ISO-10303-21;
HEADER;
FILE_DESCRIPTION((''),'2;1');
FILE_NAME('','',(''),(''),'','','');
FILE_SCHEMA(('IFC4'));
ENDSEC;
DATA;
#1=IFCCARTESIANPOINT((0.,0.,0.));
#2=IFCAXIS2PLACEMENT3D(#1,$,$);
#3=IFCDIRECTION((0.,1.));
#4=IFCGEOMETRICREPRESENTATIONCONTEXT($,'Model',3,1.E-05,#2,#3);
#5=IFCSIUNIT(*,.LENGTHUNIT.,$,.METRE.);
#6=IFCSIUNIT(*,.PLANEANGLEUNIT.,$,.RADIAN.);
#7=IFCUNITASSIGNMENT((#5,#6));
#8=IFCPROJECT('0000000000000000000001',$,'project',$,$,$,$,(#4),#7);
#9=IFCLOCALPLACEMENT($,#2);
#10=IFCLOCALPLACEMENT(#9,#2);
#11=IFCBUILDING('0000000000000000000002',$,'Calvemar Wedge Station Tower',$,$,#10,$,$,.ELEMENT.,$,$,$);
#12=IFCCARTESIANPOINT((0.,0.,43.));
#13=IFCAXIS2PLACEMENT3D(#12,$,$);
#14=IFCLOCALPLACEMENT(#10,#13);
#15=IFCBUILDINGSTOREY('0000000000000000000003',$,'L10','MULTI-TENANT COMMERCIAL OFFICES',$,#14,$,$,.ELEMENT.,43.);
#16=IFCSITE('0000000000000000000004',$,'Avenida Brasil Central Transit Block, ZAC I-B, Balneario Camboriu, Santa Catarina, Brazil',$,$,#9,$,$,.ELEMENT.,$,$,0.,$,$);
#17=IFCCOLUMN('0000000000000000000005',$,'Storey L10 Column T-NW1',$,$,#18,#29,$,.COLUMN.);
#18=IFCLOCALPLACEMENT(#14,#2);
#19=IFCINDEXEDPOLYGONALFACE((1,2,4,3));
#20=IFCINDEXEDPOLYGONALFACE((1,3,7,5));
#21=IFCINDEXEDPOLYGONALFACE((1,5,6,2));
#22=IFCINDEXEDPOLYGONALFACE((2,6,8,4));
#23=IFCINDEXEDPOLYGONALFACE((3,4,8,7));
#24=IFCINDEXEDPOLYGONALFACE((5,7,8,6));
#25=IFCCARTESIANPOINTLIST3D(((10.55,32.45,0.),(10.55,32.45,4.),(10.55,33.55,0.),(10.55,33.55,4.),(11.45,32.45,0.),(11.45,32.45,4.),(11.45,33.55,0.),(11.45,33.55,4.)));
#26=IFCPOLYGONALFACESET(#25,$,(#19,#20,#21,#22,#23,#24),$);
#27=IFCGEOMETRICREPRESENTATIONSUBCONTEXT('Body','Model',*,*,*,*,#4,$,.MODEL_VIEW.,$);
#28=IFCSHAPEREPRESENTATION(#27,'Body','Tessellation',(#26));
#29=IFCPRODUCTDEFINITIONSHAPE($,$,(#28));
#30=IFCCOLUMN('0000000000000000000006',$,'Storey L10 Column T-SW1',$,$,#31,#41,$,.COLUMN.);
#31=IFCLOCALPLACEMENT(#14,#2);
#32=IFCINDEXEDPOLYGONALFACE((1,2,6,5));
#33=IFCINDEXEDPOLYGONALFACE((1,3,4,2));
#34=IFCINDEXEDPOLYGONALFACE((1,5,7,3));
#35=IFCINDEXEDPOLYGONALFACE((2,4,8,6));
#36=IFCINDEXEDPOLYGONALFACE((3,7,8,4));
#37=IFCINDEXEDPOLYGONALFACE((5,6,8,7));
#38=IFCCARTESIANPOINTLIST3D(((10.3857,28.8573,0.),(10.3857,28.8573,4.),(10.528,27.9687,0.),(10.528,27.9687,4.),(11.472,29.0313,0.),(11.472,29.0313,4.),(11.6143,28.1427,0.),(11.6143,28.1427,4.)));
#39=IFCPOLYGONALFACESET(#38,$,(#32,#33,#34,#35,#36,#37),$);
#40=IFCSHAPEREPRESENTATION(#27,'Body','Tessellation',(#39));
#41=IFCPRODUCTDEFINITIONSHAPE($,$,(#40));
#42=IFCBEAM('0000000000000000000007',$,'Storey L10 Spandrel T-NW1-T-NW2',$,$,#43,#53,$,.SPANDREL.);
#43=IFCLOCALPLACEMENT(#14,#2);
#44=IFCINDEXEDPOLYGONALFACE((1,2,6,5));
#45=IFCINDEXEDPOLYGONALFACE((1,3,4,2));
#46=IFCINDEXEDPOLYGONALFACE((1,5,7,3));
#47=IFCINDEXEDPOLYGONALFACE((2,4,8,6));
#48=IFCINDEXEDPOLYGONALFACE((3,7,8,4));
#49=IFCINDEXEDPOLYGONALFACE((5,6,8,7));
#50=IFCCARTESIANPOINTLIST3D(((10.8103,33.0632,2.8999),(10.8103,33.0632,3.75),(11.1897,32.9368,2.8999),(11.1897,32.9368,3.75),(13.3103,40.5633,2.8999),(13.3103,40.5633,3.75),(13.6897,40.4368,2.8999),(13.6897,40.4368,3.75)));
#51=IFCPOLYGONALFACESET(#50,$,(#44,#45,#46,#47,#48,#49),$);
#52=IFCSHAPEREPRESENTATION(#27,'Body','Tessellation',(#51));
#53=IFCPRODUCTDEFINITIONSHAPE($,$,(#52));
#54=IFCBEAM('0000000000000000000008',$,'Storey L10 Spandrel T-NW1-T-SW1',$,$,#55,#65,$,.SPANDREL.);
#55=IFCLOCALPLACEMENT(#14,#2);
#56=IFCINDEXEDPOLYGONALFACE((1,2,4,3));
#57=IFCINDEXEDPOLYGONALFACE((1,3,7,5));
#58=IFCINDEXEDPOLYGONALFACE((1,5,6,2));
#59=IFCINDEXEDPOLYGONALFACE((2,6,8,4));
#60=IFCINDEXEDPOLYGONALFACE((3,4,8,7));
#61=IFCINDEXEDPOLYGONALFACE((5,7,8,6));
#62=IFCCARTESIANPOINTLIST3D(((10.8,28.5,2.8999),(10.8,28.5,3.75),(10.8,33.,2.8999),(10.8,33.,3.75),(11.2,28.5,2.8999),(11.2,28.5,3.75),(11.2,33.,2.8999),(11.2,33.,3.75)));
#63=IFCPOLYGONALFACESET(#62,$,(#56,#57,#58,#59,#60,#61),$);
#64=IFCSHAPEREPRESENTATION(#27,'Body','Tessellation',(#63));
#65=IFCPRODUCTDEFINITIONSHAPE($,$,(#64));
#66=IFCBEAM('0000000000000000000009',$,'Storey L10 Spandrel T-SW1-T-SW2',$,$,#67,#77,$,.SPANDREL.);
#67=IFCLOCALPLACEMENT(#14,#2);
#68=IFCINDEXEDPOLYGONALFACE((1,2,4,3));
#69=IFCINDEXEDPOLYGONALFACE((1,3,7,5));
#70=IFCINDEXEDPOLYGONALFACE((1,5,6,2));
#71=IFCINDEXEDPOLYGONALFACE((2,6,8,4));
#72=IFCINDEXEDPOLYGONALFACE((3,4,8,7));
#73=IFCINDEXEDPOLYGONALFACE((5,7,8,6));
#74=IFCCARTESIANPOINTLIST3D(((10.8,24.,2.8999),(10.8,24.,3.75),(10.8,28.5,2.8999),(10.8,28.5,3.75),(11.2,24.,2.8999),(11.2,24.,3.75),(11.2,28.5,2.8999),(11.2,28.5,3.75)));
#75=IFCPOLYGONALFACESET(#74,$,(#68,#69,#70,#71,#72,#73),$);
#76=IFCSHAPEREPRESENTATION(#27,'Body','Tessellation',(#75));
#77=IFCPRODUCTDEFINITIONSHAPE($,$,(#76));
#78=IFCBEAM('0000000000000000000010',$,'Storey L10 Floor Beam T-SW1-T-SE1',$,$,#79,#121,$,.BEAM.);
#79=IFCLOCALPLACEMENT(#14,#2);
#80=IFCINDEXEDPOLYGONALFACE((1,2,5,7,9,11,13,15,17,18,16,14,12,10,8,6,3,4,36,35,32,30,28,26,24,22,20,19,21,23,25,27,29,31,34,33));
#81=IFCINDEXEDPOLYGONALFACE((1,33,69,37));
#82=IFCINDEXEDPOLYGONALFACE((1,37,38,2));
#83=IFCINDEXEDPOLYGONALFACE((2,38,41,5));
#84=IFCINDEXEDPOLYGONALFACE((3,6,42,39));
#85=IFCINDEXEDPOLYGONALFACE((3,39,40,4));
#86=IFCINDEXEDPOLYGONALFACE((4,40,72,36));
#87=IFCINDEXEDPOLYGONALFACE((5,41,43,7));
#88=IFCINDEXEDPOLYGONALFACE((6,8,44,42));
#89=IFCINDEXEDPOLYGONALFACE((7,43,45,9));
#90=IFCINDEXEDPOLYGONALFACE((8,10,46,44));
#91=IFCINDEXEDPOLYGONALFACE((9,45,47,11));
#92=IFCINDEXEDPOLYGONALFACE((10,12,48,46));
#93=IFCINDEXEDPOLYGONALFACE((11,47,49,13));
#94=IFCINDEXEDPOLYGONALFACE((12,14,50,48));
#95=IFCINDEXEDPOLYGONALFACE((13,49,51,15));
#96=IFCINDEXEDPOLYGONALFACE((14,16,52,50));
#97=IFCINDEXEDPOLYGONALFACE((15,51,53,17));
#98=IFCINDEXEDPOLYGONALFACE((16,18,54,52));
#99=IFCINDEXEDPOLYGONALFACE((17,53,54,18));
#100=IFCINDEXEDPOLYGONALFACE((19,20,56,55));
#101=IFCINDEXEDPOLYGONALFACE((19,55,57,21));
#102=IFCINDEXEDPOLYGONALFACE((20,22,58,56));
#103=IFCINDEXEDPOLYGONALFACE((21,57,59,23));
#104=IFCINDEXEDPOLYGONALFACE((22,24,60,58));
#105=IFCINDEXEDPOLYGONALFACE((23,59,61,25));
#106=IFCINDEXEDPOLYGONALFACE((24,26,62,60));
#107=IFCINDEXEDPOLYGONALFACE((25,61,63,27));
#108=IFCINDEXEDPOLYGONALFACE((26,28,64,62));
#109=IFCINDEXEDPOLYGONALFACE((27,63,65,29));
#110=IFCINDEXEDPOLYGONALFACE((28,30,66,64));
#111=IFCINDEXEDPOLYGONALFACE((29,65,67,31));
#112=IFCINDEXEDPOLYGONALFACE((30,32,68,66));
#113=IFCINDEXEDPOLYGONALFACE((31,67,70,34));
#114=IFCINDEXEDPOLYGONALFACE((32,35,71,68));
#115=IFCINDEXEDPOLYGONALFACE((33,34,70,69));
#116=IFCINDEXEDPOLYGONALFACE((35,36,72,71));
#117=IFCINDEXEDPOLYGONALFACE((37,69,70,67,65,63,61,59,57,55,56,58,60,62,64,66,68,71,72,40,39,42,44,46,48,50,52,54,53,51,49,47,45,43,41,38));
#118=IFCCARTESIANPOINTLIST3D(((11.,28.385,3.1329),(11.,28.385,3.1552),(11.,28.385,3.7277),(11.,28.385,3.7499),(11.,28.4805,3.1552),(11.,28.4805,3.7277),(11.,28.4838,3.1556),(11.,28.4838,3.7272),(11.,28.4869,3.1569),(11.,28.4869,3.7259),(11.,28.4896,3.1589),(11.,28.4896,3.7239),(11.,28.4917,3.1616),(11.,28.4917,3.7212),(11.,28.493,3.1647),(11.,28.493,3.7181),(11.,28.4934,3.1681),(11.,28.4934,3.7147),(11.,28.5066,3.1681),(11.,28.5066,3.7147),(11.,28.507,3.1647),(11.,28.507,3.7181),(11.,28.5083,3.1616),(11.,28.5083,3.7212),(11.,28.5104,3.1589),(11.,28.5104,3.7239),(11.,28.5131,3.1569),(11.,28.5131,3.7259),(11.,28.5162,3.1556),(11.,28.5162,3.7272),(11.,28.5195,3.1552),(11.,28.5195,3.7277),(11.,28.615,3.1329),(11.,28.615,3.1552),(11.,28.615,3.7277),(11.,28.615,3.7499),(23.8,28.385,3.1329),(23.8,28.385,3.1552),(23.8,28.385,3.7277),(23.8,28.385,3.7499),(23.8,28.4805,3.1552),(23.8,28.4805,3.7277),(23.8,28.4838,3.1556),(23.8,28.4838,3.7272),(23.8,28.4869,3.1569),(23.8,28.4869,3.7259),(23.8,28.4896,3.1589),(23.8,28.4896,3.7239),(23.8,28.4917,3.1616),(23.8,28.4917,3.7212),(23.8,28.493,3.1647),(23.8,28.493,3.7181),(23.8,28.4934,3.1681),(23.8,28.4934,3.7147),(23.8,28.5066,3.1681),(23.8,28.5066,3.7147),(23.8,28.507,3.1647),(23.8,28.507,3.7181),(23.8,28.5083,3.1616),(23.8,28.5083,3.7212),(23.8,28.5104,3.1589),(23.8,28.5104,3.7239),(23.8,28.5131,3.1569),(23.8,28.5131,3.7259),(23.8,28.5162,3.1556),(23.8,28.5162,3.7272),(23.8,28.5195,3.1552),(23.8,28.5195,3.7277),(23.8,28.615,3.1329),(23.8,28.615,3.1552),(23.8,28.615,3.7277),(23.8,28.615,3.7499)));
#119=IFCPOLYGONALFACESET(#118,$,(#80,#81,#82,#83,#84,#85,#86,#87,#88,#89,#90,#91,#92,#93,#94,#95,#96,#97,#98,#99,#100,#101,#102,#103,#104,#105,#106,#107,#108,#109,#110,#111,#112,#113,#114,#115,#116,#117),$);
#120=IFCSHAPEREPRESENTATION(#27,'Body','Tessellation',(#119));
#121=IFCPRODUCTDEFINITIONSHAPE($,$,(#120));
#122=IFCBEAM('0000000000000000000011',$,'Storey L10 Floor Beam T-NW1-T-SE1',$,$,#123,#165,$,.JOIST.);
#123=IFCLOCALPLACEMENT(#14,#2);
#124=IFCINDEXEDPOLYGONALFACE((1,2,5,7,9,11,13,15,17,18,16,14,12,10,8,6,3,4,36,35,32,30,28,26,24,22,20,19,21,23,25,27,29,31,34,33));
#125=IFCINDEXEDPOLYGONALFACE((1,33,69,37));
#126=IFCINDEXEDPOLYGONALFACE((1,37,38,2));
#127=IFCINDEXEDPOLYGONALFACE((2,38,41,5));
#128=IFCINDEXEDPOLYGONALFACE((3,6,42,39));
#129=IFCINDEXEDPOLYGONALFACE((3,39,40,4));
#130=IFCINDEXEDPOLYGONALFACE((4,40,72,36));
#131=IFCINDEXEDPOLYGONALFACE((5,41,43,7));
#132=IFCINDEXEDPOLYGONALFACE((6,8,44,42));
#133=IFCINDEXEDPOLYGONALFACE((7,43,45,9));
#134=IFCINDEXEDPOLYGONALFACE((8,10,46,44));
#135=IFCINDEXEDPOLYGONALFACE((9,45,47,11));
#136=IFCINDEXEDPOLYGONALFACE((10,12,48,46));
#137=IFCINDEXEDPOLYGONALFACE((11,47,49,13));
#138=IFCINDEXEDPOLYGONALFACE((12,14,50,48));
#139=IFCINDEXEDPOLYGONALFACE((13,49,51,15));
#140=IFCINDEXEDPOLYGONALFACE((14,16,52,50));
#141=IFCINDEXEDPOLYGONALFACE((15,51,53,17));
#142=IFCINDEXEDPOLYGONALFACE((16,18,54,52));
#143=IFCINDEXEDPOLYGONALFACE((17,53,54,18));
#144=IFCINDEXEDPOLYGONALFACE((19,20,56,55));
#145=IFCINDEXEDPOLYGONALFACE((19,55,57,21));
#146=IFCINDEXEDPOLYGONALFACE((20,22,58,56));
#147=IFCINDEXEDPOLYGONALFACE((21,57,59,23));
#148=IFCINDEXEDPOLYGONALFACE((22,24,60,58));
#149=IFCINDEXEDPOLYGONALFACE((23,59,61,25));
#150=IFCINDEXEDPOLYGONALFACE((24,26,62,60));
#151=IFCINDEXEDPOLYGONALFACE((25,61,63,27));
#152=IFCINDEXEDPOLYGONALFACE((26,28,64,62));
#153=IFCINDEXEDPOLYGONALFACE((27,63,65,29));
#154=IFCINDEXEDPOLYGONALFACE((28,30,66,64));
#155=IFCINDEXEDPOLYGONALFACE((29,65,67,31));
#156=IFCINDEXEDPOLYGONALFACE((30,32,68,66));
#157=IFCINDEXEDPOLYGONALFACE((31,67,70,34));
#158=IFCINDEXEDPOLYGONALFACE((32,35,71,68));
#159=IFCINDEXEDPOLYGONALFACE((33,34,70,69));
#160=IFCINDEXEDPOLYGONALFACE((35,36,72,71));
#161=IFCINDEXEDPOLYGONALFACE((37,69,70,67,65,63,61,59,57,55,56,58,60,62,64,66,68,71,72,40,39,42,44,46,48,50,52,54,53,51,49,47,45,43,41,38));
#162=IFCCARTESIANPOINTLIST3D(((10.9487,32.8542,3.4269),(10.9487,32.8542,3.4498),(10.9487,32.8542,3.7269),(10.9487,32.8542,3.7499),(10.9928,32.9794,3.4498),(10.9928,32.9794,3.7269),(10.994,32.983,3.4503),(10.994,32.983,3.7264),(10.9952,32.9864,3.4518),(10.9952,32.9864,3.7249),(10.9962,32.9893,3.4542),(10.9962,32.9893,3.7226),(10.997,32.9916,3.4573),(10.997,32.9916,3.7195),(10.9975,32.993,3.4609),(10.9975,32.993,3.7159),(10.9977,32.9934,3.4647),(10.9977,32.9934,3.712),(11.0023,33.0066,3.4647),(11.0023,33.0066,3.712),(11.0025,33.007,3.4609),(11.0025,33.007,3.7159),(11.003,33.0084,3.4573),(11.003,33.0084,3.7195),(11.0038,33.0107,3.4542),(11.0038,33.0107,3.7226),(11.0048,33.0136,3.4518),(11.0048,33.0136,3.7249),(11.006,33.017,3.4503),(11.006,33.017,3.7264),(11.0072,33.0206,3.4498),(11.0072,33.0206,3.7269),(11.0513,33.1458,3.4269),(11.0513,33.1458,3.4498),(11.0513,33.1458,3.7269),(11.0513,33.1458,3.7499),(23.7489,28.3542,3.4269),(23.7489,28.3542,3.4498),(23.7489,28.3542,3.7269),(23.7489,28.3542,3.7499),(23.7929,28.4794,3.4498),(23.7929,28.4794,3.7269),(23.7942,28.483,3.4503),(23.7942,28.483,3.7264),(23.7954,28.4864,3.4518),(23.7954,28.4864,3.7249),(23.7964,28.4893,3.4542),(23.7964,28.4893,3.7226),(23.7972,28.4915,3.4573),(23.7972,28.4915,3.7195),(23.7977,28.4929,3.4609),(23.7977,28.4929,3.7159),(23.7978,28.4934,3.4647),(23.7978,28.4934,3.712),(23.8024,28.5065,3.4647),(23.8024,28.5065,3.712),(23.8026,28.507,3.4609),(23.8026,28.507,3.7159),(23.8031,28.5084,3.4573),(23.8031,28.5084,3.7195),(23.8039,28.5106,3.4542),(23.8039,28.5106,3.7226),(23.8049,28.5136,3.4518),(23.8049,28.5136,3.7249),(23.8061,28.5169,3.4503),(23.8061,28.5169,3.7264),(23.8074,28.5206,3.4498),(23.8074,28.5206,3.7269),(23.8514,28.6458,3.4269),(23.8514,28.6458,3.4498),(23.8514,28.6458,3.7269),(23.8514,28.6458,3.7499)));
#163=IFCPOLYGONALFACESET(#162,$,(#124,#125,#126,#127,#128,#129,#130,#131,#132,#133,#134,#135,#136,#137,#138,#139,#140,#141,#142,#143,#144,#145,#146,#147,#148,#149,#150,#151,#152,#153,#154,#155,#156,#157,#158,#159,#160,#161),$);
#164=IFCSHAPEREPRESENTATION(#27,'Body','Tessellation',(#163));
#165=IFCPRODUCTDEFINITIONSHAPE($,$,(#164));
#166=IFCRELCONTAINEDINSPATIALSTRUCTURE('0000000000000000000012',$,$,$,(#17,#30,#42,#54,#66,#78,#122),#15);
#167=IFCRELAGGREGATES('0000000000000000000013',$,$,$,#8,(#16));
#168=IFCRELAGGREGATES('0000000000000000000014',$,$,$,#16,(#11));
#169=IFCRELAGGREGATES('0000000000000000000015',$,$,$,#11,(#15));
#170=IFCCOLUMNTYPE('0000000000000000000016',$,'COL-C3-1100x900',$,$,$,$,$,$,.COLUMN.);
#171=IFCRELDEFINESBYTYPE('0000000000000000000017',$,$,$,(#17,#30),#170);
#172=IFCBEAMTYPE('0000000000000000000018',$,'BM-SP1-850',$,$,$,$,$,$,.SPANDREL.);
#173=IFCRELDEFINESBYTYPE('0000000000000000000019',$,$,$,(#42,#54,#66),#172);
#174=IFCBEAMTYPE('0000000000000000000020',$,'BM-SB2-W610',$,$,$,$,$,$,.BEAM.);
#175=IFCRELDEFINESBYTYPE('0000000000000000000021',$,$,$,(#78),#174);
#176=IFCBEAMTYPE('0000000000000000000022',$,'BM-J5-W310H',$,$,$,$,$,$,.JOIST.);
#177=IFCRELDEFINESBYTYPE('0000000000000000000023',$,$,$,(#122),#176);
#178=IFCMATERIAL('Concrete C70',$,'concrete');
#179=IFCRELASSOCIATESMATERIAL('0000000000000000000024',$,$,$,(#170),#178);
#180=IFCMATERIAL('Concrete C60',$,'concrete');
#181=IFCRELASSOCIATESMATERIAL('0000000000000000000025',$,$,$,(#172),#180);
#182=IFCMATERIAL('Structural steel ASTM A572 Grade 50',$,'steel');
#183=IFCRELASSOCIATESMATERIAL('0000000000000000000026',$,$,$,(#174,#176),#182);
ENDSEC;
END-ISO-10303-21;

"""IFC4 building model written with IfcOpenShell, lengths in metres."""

from ifc_helpers import new_model, si_unit, direction, frame, origin, origin_2d, place, context, subcontext, project, spatial, rectangle, i_section, extrude, source, transform, mapped, material, material_profile, profile_set, type_object, element, save


model = new_model("IFC4")

# Units and contexts
model_context = context("Model", 3, precision=1e-05, world=origin(), true_north=direction((0.0, 1.0)))
body_context = subcontext(model_context, "Body", "Model", "MODEL_VIEW")
ifc_project = project(units=[si_unit("LENGTHUNIT", "METRE"), si_unit("PLANEANGLEUNIT", "RADIAN")], contexts=[model_context])

# Site, building, storey
site_placement = place(None, origin())
site = spatial("IfcSite", under=ifc_project, at=site_placement, Name="Avenida Brasil Central Transit Block, ZAC I-B, Balneario Camboriu, Santa Catarina, Brazil", CompositionType="ELEMENT", RefElevation=0.0)
building_placement = place(site_placement, origin())
building = spatial("IfcBuilding", under=site, at=building_placement, Name="Calvemar Wedge Station Tower", CompositionType="ELEMENT")
storey_placement = place(building_placement, frame((0.0, 0.0, 43.0)))
storey = spatial("IfcBuildingStorey", under=building, at=storey_placement, Name="L10", Description="MULTI-TENANT COMMERCIAL OFFICES", CompositionType="ELEMENT", Elevation=43.0)

# Columns
ifc_material_1 = material(Name="Concrete C70", Category="concrete")
ifc_material_profile_1 = material_profile(ifc_material_1, rectangle(XDim=0.8999, YDim=1.1001, at=origin_2d()), Name="RC1100x900")
ifc_profile_set_1 = profile_set([ifc_material_profile_1], Name="Concrete C70")
column_type = type_object("IfcColumnType", Name="COL-C3-1100x900", PredefinedType="COLUMN", material=ifc_profile_set_1)
shared_shape_1 = source(origin(), body_context, "Body", "SweptSolid", [
    extrude(rectangle(XDim=0.8999, YDim=1.1001, at=origin_2d()), origin(), (0.0, 0.0, 1.0), 4.0),
])
for number, where, z_axis, x_axis, name in (
    (1, (11.0, 33.0, 0.0), (0.0, 0.0, 1.0), (1.0, 0.0, 0.0), "Storey L10 Column T-NW1"),
    (2, (11.0, 28.5, 0.0), (0.0, 0.0, 1.0), (0.158158, -0.987414, 0.0), "Storey L10 Column T-SW1"),
):
    element("IfcColumn", number, at=place(storey_placement, frame(where, z_axis=z_axis, x_axis=x_axis)), inside=storey, type_object=column_type, Name=name, PredefinedType="COLUMN", context=body_context, shape_type="MappedRepresentation", body=[
        mapped(shared_shape_1, transform((0.0, 0.0, 0.0), scale=1.0)),
    ])

# Beams
ifc_material_2 = material(Name="Concrete C60", Category="concrete")
ifc_material_profile_2 = material_profile(ifc_material_2, rectangle(XDim=0.3999, YDim=0.8501, at=origin_2d()), Name="RC400x850")
ifc_profile_set_2 = profile_set([ifc_material_profile_2], Name="Concrete C60")
beam_type_1 = type_object("IfcBeamType", Name="BM-SP1-850", PredefinedType="SPANDREL", material=ifc_profile_set_2)
shared_shape_2 = source(origin(), body_context, "Body", "SweptSolid", [
    extrude(rectangle(XDim=0.3999, YDim=0.8501, at=origin_2d()), origin(), (0.0, 0.0, 1.0), 7.9058),
])
beam_1_placement = place(storey_placement, frame((11.0, 33.0, 3.325), z_axis=(0.316228, 0.948683, 0.0), x_axis=(-0.948683, 0.316228, 0.0)))
element("IfcBeam", 3, at=beam_1_placement, inside=storey, type_object=beam_type_1, Name="Storey L10 Spandrel T-NW1-T-NW2", PredefinedType="SPANDREL", context=body_context, shape_type="MappedRepresentation", body=[
    mapped(shared_shape_2, transform((0.0, 0.0, 0.0), scale=1.0)),
])
shared_shape_3 = source(origin(), body_context, "Body", "SweptSolid", [
    extrude(rectangle(XDim=0.3999, YDim=0.8501, at=origin_2d()), origin(), (0.0, 0.0, 1.0), 4.5),
])
for number, where, z_axis, x_axis, name in (
    (4, (11.0, 33.0, 3.325), (0.0, -1.0, 0.0), (1.0, 0.0, 0.0), "Storey L10 Spandrel T-NW1-T-SW1"),
    (5, (11.0, 28.5, 3.325), (0.0, -1.0, 0.0), (1.0, 0.0, 0.0), "Storey L10 Spandrel T-SW1-T-SW2"),
):
    element("IfcBeam", number, at=place(storey_placement, frame(where, z_axis=z_axis, x_axis=x_axis)), inside=storey, type_object=beam_type_1, Name=name, PredefinedType="SPANDREL", context=body_context, shape_type="MappedRepresentation", body=[
        mapped(shared_shape_3, transform((0.0, 0.0, 0.0), scale=1.0)),
    ])
ifc_material_3 = material(Name="Structural steel ASTM A572 Grade 50", Category="steel")
ifc_material_profile_3 = material_profile(ifc_material_3, i_section(OverallWidth=0.23, OverallDepth=0.6169, WebThickness=0.0132, FlangeThickness=0.0222, FilletRadius=0.0129, at=origin_2d()), Name="W610x140")
ifc_profile_set_3 = profile_set([ifc_material_profile_3], Name="Structural steel ASTM A572 Grade 50")
beam_type_2 = type_object("IfcBeamType", Name="BM-SB2-W610", PredefinedType="BEAM", material=ifc_profile_set_3)
shared_shape_4 = source(origin(), body_context, "Body", "SweptSolid", [
    extrude(i_section(OverallWidth=0.23, OverallDepth=0.6169, WebThickness=0.0132, FlangeThickness=0.0222, FilletRadius=0.0129, at=origin_2d()), origin(), (0.0, 0.0, 1.0), 12.8),
])
beam_2_placement = place(storey_placement, frame((11.0, 28.5, 3.4414), z_axis=(1.0, 0.0, 0.0), x_axis=(0.0, 1.0, 0.0)))
element("IfcBeam", 6, at=beam_2_placement, inside=storey, type_object=beam_type_2, Name="Storey L10 Floor Beam T-SW1-T-SE1", PredefinedType="BEAM", context=body_context, shape_type="MappedRepresentation", body=[
    mapped(shared_shape_4, transform((0.0, 0.0, 0.0), scale=1.0)),
])
ifc_material_profile_4 = material_profile(ifc_material_3, i_section(OverallWidth=0.3091, OverallDepth=0.323, WebThickness=0.0139, FlangeThickness=0.0229, FilletRadius=0.0149, at=origin_2d()), Name="W310x143")
ifc_profile_set_4 = profile_set([ifc_material_profile_4], Name="Structural steel ASTM A572 Grade 50")
beam_type_3 = type_object("IfcBeamType", Name="BM-J5-W310H", PredefinedType="JOIST", material=ifc_profile_set_4)
shared_shape_5 = source(origin(), body_context, "Body", "SweptSolid", [
    extrude(i_section(OverallWidth=0.3091, OverallDepth=0.323, WebThickness=0.0139, FlangeThickness=0.0229, FilletRadius=0.0149, at=origin_2d()), origin(), (0.0, 0.0, 1.0), 13.5681),
])
for number, where, z_axis, x_axis, name in (
    (7, (11.0, 33.0, 3.5884), (0.943398, -0.331662, 0.0), (0.331662, 0.943398, 0.0), "Storey L10 Floor Beam T-NW1-T-SE1"),
):
    element("IfcBeam", number, at=place(storey_placement, frame(where, z_axis=z_axis, x_axis=x_axis)), inside=storey, type_object=beam_type_3, Name=name, PredefinedType="JOIST", context=body_context, shape_type="MappedRepresentation", body=[
        mapped(shared_shape_5, transform((0.0, 0.0, 0.0), scale=1.0)),
    ])

save(model, "model.ifc")
